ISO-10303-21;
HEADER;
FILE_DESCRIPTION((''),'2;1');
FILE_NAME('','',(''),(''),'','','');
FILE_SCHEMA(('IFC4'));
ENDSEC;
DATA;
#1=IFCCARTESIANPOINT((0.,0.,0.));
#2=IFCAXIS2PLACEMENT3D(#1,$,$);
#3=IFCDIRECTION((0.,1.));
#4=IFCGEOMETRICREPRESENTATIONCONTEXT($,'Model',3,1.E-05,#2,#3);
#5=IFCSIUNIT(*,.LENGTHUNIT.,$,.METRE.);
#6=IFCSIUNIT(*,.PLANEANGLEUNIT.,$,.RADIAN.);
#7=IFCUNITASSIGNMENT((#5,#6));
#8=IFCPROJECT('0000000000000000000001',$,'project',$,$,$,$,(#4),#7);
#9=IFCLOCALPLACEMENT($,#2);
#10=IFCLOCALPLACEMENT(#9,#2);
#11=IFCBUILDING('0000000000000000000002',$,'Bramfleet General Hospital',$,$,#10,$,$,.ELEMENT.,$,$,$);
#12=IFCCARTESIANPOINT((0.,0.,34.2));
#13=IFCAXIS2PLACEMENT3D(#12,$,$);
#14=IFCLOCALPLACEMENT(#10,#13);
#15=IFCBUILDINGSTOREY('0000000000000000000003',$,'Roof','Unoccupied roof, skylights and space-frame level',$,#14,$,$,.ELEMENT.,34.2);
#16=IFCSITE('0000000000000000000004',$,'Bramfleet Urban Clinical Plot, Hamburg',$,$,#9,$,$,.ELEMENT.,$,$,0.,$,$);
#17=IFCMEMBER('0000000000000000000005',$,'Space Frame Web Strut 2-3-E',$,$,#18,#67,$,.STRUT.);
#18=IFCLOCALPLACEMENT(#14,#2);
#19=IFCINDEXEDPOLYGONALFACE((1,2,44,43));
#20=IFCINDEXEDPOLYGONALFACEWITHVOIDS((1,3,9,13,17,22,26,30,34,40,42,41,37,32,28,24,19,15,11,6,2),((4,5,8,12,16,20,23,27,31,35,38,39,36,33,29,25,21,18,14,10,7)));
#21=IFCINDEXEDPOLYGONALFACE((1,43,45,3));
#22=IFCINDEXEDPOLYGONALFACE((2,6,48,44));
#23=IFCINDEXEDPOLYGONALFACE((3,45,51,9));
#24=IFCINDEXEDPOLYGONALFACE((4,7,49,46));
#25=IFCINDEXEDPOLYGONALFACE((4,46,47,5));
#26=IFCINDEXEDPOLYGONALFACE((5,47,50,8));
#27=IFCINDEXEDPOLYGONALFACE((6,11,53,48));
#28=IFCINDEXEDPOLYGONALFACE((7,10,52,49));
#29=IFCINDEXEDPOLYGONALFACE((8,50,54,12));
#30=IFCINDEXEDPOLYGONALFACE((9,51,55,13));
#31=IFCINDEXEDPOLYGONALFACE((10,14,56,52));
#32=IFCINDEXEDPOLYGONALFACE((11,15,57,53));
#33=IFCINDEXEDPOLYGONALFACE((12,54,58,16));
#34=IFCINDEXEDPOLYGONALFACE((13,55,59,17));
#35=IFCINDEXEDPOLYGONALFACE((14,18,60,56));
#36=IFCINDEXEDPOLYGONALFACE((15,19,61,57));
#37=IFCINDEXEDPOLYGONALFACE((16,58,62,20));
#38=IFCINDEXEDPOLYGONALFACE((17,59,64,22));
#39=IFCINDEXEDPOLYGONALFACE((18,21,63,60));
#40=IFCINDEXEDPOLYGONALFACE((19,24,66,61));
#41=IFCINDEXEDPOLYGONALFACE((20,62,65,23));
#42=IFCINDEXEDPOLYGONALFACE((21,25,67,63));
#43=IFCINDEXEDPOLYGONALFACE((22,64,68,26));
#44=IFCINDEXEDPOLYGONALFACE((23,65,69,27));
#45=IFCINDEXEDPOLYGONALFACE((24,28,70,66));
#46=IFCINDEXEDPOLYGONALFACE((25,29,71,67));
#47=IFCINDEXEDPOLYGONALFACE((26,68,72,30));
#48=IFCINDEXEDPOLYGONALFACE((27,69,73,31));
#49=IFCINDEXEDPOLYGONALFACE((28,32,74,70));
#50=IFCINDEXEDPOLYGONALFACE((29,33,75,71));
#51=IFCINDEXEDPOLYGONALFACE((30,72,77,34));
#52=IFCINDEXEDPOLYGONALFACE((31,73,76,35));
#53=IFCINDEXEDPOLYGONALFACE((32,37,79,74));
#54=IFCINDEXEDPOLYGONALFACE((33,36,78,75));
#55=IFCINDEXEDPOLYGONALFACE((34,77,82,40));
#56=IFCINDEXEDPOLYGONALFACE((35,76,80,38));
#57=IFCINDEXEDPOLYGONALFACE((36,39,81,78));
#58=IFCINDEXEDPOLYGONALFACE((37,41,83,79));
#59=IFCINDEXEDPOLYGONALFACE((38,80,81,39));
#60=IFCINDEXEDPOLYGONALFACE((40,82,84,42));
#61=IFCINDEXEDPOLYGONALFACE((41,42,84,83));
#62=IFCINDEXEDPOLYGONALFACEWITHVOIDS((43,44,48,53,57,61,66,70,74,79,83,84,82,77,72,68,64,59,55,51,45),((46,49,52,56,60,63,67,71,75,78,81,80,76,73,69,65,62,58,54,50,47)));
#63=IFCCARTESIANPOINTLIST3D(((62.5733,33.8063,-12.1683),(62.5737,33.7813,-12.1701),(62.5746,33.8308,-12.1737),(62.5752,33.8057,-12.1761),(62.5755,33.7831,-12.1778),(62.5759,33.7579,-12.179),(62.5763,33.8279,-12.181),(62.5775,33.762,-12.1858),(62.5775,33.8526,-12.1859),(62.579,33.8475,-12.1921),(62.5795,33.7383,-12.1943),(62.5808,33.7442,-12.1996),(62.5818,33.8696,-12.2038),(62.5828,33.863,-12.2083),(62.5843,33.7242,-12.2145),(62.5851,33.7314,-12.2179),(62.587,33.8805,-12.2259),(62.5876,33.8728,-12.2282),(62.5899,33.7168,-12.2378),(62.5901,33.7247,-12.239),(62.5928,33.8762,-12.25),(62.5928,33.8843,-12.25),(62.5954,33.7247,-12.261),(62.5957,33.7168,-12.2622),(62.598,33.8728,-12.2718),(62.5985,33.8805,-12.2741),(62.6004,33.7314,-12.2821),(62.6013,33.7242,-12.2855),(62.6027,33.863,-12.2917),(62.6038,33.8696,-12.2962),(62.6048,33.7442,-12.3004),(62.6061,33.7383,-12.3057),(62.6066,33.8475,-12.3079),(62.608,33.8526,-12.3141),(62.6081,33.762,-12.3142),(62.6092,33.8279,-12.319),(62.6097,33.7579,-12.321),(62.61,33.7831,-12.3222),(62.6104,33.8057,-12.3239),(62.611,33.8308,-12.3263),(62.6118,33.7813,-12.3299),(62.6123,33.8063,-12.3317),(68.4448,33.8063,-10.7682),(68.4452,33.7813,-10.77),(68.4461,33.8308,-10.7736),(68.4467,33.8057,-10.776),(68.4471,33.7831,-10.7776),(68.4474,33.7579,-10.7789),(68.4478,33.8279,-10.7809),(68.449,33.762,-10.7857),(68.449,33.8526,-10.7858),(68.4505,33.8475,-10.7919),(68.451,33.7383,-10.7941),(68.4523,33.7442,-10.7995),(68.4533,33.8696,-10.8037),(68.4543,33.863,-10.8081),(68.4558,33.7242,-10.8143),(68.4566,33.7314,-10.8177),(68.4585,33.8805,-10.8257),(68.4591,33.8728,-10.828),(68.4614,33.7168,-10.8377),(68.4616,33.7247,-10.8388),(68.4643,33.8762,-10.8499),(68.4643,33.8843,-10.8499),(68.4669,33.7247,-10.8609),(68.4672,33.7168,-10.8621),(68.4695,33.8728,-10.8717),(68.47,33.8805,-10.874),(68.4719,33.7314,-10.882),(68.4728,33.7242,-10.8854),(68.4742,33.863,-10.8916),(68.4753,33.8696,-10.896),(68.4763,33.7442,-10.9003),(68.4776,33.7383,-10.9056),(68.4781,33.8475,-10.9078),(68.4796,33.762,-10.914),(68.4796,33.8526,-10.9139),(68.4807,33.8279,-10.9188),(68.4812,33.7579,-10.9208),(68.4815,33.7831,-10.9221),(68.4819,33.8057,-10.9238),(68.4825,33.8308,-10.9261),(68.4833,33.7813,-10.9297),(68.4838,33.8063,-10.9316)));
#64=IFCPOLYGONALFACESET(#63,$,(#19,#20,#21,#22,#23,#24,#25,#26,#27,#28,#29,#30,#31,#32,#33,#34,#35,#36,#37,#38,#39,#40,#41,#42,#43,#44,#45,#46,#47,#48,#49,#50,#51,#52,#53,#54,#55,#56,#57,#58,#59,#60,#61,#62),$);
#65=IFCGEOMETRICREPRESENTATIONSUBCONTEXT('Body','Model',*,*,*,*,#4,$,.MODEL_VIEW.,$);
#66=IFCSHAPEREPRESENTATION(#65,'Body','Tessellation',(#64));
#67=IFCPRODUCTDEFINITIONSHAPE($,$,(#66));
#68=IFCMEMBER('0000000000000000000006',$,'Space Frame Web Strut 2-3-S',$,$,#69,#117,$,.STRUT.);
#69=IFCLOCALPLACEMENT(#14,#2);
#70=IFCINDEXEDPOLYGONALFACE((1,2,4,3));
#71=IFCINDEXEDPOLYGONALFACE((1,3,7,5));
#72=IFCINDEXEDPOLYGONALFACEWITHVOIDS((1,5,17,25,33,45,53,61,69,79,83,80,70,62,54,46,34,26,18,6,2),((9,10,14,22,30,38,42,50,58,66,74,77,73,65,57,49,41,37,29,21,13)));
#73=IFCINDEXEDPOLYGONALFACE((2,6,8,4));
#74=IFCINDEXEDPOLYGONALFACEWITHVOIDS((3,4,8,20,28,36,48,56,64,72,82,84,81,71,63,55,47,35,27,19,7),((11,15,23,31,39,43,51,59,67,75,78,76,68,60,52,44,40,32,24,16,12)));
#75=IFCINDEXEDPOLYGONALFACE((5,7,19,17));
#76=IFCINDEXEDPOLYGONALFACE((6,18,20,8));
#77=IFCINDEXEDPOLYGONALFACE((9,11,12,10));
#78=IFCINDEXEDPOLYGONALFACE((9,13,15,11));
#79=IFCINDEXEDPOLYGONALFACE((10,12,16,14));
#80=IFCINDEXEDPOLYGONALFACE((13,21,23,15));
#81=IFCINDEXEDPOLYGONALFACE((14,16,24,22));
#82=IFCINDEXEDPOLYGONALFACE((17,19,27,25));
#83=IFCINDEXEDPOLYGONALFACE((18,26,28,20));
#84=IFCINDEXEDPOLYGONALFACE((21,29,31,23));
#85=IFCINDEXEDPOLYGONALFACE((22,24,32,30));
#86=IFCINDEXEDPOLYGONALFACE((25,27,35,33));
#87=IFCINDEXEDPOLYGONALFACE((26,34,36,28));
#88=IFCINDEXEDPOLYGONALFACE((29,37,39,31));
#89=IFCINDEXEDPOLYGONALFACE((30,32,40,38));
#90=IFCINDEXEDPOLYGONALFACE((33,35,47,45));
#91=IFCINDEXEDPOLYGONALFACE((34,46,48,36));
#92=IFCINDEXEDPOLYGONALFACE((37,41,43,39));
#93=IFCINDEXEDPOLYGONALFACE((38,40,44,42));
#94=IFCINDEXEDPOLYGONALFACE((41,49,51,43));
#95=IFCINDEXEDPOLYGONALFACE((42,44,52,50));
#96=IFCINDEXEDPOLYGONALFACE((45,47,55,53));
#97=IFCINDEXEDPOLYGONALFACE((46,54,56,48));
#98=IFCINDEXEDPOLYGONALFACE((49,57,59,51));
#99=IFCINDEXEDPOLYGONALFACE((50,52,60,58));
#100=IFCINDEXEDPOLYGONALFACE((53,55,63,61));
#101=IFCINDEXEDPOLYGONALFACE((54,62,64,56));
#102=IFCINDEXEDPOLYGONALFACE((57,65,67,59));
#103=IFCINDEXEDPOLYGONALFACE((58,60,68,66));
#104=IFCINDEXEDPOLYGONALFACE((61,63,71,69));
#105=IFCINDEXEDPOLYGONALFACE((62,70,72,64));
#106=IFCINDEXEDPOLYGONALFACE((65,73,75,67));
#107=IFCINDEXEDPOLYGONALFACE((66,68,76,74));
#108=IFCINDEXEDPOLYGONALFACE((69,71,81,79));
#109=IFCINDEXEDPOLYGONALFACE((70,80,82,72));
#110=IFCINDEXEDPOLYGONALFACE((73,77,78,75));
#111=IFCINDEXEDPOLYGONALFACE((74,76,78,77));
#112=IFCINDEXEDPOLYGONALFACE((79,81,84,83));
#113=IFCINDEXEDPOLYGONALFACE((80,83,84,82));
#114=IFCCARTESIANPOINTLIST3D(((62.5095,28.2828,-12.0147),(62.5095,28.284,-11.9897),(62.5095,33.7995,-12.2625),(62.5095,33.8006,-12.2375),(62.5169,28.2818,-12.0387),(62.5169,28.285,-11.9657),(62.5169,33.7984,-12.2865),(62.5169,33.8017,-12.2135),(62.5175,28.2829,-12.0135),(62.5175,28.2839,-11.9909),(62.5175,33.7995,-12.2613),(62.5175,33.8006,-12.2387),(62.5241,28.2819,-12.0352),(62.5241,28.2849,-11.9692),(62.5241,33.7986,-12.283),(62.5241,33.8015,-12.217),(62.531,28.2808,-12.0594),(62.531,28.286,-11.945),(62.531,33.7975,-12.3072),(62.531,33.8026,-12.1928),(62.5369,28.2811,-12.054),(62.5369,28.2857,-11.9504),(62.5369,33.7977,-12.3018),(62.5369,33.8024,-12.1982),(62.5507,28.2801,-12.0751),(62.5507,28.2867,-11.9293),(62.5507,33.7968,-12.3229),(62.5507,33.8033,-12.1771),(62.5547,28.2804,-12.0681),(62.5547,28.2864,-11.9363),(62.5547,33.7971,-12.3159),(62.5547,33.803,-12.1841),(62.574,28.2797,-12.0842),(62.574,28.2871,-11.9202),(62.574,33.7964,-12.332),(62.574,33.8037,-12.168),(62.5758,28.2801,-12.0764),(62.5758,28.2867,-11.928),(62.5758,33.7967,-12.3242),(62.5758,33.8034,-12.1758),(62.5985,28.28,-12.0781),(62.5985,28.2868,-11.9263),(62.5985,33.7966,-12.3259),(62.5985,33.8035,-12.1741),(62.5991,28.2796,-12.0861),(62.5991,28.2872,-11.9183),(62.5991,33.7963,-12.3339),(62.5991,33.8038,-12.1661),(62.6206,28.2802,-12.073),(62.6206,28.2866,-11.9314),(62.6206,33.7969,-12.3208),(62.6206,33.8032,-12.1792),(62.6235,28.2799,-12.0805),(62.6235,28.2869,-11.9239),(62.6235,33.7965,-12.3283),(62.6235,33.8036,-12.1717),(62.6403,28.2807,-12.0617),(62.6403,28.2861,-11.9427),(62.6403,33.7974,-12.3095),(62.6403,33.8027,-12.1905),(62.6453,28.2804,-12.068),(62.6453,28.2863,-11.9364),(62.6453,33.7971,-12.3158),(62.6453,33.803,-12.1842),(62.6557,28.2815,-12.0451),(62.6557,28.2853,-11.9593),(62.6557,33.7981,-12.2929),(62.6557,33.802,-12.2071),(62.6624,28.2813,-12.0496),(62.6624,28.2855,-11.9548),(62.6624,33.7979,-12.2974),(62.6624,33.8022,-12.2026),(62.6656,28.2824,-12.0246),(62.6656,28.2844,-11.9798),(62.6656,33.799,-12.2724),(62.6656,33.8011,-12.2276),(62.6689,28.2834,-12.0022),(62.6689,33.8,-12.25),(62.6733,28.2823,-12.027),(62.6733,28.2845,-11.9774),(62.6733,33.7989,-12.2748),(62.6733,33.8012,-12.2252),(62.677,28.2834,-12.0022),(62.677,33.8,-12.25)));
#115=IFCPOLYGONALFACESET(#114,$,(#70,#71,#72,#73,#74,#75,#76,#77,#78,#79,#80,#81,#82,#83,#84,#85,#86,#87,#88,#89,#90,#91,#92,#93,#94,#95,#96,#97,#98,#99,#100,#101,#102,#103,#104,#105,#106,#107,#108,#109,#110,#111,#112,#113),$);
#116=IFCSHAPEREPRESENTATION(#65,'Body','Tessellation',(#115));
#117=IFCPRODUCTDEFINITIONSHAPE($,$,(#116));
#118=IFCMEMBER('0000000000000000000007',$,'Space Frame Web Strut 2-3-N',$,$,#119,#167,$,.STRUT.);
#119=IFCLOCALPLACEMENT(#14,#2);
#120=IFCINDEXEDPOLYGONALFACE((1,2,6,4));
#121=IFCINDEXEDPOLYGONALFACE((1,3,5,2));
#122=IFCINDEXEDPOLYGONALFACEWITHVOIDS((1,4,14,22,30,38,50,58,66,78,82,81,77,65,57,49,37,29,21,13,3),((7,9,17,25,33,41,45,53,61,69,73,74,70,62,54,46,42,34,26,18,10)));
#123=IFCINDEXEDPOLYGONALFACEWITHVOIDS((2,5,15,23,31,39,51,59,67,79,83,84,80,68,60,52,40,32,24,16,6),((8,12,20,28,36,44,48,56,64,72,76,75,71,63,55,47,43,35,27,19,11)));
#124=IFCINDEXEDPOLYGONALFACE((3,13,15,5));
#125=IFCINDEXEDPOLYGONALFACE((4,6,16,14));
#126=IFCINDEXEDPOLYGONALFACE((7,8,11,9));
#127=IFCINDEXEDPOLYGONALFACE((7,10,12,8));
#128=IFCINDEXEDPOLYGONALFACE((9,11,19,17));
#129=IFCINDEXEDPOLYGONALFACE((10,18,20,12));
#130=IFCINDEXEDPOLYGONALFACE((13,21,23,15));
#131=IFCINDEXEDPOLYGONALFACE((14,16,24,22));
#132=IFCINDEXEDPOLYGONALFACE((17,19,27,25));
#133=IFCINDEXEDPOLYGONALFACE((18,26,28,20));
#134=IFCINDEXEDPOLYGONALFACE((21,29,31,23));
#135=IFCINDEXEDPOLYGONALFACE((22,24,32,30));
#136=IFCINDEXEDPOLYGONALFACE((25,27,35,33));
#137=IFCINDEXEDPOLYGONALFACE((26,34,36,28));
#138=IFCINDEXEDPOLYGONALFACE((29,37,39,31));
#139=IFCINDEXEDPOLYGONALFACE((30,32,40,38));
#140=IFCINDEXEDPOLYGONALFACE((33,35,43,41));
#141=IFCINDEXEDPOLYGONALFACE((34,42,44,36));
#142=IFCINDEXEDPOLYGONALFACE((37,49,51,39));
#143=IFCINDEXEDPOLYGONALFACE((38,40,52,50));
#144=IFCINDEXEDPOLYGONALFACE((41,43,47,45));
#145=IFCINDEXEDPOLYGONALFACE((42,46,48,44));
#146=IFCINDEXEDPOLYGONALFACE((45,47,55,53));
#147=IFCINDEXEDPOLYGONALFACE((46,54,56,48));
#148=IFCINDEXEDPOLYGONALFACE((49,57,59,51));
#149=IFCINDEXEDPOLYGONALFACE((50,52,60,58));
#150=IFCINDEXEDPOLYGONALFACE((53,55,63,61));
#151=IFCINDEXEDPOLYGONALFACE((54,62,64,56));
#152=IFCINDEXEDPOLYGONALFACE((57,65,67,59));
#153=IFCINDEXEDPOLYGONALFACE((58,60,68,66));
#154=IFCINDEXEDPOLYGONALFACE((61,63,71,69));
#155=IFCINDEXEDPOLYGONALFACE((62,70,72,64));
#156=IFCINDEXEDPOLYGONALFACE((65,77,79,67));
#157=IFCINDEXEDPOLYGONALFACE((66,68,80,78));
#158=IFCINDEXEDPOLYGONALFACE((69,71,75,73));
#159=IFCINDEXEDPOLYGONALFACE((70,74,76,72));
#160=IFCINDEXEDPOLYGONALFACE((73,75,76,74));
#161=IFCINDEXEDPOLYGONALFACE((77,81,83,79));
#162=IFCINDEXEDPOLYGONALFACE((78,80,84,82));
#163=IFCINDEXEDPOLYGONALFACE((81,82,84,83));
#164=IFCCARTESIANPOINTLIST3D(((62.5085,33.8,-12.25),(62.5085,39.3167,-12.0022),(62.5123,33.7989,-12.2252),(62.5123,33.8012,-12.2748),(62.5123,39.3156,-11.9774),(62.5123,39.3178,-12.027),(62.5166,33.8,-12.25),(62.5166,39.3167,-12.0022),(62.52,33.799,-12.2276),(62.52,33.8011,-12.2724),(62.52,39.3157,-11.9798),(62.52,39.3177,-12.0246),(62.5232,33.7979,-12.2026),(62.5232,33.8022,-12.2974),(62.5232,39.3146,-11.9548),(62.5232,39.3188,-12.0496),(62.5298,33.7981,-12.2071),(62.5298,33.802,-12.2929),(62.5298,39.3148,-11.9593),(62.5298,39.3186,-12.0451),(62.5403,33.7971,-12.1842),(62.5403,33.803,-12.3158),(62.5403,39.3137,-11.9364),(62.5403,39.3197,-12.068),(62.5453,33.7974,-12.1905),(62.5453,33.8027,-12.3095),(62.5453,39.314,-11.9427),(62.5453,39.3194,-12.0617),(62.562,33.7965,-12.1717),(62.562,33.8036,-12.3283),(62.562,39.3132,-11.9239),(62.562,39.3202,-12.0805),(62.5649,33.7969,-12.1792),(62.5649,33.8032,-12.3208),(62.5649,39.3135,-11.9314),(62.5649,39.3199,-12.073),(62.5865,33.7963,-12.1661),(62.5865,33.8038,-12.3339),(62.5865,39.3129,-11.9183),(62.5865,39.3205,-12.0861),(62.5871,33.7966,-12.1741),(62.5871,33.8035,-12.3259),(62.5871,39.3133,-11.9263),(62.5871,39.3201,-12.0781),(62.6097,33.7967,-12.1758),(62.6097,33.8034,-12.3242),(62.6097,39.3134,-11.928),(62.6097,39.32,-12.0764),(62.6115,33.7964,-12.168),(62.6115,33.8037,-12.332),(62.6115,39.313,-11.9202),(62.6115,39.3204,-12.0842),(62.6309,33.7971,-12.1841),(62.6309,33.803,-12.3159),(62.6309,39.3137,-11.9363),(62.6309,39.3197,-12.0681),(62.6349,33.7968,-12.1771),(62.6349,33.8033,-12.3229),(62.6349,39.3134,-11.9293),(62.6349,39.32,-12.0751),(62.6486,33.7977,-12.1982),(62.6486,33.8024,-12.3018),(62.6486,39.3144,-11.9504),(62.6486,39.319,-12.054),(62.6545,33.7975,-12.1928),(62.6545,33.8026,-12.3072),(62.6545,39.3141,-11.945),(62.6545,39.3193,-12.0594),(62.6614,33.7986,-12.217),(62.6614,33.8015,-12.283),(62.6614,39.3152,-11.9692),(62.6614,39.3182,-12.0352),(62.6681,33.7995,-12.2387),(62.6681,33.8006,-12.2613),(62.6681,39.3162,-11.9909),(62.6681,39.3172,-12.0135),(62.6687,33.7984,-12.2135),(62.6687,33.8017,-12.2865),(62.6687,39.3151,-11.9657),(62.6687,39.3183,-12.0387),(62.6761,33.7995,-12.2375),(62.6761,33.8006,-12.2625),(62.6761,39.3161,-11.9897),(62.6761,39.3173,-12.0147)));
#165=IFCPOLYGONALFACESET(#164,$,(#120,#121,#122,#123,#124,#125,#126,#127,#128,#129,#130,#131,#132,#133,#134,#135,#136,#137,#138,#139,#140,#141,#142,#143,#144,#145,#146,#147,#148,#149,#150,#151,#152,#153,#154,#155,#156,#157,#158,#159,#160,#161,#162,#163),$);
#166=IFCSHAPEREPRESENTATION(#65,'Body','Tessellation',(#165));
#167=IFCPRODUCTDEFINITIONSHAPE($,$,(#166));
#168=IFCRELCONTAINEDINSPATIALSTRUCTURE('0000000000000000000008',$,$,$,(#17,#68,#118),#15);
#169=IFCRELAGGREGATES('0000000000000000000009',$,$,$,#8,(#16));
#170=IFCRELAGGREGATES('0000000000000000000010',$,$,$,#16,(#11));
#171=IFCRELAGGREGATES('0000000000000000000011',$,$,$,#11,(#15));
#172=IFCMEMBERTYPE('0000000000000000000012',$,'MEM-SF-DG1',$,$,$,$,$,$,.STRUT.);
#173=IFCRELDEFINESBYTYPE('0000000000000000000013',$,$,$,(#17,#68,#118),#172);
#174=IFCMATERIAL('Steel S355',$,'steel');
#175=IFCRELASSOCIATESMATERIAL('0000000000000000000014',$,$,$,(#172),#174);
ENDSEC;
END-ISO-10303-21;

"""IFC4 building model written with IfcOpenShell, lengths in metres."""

from ifc_helpers import new_model, si_unit, direction, frame, origin, origin_2d, place, context, subcontext, project, spatial, hollow_circle, extrude, material, material_profile, profile_set, type_object, element, save


model = new_model("IFC4")

# Units and contexts
model_context = context("Model", 3, precision=1e-05, world=origin(), true_north=direction((0.0, 1.0)))
body_context = subcontext(model_context, "Body", "Model", "MODEL_VIEW")
ifc_project = project(units=[si_unit("LENGTHUNIT", "METRE"), si_unit("PLANEANGLEUNIT", "RADIAN")], contexts=[model_context])

# Site, building, storey
site_placement = place(None, origin())
site = spatial("IfcSite", under=ifc_project, at=site_placement, Name="Bramfleet Urban Clinical Plot, Hamburg", CompositionType="ELEMENT", RefElevation=0.0)
building_placement = place(site_placement, origin())
building = spatial("IfcBuilding", under=site, at=building_placement, Name="Bramfleet General Hospital", CompositionType="ELEMENT")
storey_placement = place(building_placement, frame((0.0, 0.0, 34.2)))
storey = spatial("IfcBuildingStorey", under=building, at=storey_placement, Name="Roof", Description="Unoccupied roof, skylights and space-frame level", CompositionType="ELEMENT", Elevation=34.2)

# Members
ifc_material = material(Name="Steel S355", Category="steel")
ifc_material_profile_1 = material_profile(ifc_material, hollow_circle(Radius=0.0842, WallThickness=0.0081, at=origin_2d()), Name="CHS 168.3x8.0")
ifc_profile_set_1 = profile_set([ifc_material_profile_1], Name="Steel S355")
member_type_1 = type_object("IfcMemberType", Name="MEM-SF-DG1", PredefinedType="STRUT", material=ifc_profile_set_1)
member_1_placement = place(storey_placement, frame((62.5928, 33.8, -12.25), z_axis=(0.972726, 0.0, 0.231958), x_axis=(0.0, 1.0, 0.0)))
element("IfcMember", 1, at=member_1_placement, inside=storey, type_object=member_type_1, Name="Space Frame Web Strut 2-3-E", PredefinedType="STRUT", context=body_context, shape_type="SweptSolid", body=[
    extrude(hollow_circle(Radius=0.0842, WallThickness=0.0081, at=origin_2d()), origin(), (0.0, 0.0, 1.0), 6.0361),
])
for number, where, z_axis, x_axis, name in (
    (2, (62.5928, 33.8, -12.25), (0.0, -0.998993, 0.044874), (1.0, 0.0, 0.0), "Space Frame Web Strut 2-3-S"),
    (3, (62.5928, 33.8, -12.25), (0.0, 0.998993, 0.044874), (-1.0, 0.0, 0.0), "Space Frame Web Strut 2-3-N"),
):
    element("IfcMember", number, at=place(storey_placement, frame(where, z_axis=z_axis, x_axis=x_axis)), inside=storey, type_object=member_type_1, Name=name, PredefinedType="STRUT", context=body_context, shape_type="SweptSolid", body=[
        extrude(hollow_circle(Radius=0.0842, WallThickness=0.0081, at=origin_2d()), origin(), (0.0, 0.0, 1.0), 5.5222),
    ])

save(model, "model.ifc")
